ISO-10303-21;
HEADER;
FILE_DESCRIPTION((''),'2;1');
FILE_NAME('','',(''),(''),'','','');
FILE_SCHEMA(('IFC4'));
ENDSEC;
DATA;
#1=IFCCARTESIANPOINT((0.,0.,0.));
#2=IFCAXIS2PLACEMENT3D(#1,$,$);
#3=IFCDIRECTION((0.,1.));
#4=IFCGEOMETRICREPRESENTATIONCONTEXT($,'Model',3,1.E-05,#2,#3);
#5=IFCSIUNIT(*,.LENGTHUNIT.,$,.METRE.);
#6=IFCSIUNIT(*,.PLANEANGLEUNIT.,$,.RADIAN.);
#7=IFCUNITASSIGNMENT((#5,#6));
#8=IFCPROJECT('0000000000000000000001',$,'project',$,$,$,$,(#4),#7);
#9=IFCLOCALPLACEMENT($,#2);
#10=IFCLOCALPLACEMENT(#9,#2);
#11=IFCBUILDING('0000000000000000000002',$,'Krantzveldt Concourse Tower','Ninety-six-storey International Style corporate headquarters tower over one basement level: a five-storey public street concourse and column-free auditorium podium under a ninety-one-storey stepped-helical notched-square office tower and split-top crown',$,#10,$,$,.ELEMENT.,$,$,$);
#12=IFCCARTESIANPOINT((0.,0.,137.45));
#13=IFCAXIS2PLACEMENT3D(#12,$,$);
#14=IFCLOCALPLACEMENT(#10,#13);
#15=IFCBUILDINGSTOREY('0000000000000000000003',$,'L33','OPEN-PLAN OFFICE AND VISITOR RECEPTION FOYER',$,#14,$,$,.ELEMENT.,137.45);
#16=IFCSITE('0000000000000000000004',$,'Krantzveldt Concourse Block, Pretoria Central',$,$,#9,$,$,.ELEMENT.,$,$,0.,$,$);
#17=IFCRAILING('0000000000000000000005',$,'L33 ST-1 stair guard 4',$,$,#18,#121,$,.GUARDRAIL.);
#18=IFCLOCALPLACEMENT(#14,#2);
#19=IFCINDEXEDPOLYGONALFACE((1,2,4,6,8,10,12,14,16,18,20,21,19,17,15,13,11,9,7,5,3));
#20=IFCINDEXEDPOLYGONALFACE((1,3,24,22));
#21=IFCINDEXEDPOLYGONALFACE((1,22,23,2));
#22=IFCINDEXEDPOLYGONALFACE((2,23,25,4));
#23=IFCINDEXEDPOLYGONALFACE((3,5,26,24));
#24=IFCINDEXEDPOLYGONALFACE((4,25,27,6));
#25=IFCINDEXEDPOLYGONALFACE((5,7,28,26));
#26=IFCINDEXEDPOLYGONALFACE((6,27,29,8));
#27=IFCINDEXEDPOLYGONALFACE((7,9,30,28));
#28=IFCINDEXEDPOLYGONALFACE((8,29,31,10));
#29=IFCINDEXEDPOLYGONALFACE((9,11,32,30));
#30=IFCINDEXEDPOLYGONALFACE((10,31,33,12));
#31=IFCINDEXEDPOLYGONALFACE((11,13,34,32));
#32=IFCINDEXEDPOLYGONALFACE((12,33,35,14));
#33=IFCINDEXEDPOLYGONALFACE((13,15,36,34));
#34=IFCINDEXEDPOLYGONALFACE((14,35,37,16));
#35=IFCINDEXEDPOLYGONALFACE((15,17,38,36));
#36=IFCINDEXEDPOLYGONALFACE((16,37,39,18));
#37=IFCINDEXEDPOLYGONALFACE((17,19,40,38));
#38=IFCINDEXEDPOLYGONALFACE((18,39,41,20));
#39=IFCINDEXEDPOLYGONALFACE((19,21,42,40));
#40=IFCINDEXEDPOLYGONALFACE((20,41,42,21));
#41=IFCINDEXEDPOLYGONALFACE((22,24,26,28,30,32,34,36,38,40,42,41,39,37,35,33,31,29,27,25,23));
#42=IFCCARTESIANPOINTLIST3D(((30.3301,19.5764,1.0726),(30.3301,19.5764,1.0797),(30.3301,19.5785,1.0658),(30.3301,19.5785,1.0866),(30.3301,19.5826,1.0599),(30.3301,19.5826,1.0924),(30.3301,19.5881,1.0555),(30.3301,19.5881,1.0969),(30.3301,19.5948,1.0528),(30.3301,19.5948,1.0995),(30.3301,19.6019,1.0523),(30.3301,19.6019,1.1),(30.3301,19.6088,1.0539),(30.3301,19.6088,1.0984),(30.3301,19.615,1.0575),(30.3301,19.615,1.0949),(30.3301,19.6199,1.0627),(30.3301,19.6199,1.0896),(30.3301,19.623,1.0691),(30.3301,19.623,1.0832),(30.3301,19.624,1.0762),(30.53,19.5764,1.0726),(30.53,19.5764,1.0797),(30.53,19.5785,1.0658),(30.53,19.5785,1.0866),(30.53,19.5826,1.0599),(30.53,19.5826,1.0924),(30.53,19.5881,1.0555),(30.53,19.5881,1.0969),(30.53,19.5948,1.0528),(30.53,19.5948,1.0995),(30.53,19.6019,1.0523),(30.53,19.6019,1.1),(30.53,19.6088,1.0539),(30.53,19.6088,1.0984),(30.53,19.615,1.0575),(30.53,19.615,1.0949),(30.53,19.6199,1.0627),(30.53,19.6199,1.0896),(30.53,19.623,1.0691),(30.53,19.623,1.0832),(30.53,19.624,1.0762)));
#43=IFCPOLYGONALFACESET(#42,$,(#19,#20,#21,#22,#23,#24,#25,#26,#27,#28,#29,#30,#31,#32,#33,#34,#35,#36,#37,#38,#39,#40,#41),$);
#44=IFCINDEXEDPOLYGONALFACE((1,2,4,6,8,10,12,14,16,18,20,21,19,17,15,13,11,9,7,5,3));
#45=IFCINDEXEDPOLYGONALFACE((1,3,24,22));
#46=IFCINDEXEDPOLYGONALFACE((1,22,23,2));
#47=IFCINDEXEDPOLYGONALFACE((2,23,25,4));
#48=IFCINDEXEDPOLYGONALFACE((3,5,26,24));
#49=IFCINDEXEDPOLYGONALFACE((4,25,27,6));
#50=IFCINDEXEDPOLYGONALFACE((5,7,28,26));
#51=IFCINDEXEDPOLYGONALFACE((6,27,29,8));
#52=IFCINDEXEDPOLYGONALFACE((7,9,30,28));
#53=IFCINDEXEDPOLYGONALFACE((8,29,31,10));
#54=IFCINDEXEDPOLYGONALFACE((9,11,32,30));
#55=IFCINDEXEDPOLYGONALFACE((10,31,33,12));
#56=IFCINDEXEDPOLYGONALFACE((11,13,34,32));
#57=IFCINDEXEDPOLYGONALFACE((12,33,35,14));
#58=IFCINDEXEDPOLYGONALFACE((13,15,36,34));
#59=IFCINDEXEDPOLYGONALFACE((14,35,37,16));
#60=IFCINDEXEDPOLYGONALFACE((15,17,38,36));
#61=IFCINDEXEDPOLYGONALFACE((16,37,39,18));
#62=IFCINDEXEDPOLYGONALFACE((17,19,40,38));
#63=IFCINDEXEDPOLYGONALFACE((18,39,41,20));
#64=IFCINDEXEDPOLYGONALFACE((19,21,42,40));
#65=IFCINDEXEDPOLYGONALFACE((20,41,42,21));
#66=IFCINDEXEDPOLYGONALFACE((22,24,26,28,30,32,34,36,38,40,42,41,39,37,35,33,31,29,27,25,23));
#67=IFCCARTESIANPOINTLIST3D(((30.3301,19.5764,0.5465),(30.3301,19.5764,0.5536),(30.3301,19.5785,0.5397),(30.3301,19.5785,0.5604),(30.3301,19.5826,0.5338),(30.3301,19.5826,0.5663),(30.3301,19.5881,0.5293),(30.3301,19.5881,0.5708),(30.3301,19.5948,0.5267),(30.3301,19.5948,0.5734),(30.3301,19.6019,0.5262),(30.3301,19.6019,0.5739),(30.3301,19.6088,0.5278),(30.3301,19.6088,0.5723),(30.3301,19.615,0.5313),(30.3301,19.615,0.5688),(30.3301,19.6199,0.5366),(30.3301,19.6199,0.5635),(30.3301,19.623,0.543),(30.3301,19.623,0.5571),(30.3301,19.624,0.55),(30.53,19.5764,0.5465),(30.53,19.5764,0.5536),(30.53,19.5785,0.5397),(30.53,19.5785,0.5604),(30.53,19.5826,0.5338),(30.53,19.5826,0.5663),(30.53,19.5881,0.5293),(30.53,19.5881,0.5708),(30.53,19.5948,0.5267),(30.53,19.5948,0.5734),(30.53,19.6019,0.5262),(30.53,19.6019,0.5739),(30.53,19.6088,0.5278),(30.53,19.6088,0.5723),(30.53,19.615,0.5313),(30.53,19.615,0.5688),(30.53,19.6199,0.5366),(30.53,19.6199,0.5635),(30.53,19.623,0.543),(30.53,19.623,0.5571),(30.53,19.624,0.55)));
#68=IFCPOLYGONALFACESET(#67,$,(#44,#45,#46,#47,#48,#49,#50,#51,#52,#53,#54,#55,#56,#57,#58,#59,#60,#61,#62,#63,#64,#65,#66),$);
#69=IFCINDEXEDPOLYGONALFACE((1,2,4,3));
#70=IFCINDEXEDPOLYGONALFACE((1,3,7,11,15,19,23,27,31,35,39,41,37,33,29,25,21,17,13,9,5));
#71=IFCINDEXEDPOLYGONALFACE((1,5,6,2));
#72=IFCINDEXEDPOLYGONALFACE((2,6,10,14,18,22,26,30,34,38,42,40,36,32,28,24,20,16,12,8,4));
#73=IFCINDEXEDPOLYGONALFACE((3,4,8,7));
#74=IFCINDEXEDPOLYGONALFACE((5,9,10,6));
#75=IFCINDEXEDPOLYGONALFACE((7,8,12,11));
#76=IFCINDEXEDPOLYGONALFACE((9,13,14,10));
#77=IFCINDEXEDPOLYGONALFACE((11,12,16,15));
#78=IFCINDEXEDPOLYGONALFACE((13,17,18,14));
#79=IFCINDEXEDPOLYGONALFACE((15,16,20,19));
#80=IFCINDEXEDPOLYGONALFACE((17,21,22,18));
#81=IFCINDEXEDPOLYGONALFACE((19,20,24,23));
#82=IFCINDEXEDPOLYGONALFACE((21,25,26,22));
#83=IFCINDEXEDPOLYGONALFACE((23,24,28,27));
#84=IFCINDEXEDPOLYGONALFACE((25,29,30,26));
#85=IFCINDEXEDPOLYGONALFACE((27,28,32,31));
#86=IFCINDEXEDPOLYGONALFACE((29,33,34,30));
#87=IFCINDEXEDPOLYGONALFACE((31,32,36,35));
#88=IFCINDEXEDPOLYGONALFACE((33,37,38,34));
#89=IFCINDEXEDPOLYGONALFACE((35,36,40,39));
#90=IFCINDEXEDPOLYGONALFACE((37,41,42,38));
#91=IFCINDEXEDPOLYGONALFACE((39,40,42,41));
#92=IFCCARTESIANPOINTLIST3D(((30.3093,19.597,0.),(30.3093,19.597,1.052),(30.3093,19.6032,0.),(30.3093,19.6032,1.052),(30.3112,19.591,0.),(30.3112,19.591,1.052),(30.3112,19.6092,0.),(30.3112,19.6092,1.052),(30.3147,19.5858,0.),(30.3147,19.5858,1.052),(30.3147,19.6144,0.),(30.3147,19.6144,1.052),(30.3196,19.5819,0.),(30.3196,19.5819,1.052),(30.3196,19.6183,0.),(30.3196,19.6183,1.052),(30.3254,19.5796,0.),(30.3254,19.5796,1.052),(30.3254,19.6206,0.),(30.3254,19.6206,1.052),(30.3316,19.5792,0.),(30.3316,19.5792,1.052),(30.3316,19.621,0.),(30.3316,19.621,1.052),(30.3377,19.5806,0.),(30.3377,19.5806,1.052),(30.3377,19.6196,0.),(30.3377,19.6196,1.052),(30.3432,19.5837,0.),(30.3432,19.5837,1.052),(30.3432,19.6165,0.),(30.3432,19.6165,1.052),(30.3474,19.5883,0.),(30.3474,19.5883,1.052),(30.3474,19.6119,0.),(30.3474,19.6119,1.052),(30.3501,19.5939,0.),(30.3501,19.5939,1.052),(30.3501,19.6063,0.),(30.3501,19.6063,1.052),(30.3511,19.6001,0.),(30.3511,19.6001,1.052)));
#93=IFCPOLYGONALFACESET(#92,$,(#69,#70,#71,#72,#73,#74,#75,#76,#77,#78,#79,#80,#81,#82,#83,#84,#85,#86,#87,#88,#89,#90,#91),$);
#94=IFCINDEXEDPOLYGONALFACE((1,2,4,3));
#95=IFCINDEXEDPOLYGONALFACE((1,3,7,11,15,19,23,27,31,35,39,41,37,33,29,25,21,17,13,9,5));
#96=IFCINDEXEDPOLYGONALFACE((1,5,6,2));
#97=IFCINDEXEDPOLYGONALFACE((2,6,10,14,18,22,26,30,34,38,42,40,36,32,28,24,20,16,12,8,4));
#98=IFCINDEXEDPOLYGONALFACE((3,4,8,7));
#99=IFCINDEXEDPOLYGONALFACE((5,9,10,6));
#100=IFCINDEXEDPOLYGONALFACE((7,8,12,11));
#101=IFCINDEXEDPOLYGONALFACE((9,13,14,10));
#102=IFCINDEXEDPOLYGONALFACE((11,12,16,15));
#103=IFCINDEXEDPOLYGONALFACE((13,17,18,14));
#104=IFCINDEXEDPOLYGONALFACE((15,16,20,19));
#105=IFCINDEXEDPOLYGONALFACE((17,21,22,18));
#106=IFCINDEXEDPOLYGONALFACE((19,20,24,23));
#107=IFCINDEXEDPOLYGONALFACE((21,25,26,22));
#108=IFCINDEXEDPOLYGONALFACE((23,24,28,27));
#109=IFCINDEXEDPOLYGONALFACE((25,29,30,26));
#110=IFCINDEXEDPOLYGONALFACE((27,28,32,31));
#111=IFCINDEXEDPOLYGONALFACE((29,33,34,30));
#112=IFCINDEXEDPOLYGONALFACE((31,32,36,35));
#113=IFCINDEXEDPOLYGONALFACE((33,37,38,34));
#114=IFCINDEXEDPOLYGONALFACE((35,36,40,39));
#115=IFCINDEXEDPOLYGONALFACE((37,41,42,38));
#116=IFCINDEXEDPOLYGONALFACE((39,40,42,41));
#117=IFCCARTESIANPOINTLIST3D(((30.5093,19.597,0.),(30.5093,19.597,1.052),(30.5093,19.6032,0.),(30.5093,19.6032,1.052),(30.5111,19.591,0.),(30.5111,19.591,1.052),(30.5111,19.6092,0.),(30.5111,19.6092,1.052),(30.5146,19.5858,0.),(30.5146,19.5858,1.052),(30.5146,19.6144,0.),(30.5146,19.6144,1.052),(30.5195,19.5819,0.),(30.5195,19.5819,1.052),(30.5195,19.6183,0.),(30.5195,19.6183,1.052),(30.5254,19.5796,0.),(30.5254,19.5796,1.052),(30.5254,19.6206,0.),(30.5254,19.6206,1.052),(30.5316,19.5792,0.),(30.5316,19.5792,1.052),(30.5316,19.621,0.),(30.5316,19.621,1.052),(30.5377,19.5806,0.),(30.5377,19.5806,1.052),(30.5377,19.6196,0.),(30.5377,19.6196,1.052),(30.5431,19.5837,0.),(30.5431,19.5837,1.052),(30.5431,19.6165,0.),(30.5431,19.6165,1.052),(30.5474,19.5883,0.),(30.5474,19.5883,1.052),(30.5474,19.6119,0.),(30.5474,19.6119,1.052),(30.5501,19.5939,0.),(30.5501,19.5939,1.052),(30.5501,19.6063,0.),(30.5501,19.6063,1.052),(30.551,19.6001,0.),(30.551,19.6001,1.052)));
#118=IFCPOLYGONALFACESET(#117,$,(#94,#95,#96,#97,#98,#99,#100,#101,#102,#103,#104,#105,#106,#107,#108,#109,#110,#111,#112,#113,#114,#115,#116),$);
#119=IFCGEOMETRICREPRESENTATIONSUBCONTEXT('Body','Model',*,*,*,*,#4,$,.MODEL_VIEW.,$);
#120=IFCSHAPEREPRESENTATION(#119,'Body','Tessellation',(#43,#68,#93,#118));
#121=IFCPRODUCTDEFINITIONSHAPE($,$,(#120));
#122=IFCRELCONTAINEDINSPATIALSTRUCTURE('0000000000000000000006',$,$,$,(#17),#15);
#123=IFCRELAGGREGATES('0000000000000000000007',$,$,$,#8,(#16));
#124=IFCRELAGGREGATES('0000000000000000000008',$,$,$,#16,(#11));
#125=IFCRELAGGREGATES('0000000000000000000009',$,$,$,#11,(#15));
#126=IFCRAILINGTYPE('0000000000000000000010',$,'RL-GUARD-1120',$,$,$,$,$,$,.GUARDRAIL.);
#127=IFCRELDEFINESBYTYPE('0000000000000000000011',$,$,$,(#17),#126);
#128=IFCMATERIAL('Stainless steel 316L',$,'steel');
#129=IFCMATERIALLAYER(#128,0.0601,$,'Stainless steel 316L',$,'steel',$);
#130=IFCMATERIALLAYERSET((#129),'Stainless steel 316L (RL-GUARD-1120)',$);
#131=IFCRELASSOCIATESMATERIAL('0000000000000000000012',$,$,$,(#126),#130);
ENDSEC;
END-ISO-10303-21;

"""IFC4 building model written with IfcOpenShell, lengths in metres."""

from ifc_helpers import new_model, si_unit, direction, frame, origin, origin_2d, place, context, subcontext, project, spatial, circle, extrude, material, layer, layer_set, type_object, element, save


model = new_model("IFC4")

# Units and contexts
model_context = context("Model", 3, precision=1e-05, world=origin(), true_north=direction((0.0, 1.0)))
body_context = subcontext(model_context, "Body", "Model", "MODEL_VIEW")
ifc_project = project(units=[si_unit("LENGTHUNIT", "METRE"), si_unit("PLANEANGLEUNIT", "RADIAN")], contexts=[model_context])

# Site, building, storey
site_placement = place(None, origin())
site = spatial("IfcSite", under=ifc_project, at=site_placement, Name="Krantzveldt Concourse Block, Pretoria Central", CompositionType="ELEMENT", RefElevation=0.0)
building_placement = place(site_placement, origin())
building = spatial("IfcBuilding", under=site, at=building_placement, Name="Krantzveldt Concourse Tower", Description="Ninety-six-storey International Style corporate headquarters tower over one basement level: a five-storey public street concourse and column-free auditorium podium under a ninety-one-storey stepped-helical notched-square office tower and split-top crown", CompositionType="ELEMENT")
storey_placement = place(building_placement, frame((0.0, 0.0, 137.45)))
storey = spatial("IfcBuildingStorey", under=building, at=storey_placement, Name="L33", Description="OPEN-PLAN OFFICE AND VISITOR RECEPTION FOYER", CompositionType="ELEMENT", Elevation=137.45)

# Shared definitions
ifc_material_1 = material(Name="Stainless steel 316L", Category="steel")

# Railing
ifc_layer_1 = layer(ifc_material_1, 0.0601, Name="Stainless steel 316L", Category="steel")
ifc_layer_set_1 = layer_set([ifc_layer_1], Name="Stainless steel 316L (RL-GUARD-1120)")
railing_type_1 = type_object("IfcRailingType", Name="RL-GUARD-1120", PredefinedType="GUARDRAIL", material=ifc_layer_set_1)
railing_1_placement = place(storey_placement, frame((30.3301, 19.6001, 0.0)))
element("IfcRailing", 1, at=railing_1_placement, inside=storey, type_object=railing_type_1, Name="L33 ST-1 stair guard 4", PredefinedType="GUARDRAIL", context=body_context, shape_type="SweptSolid", body=[
    extrude(circle(Radius=0.0239, at=origin_2d()), frame((0.0, 0.0, 1.0762), z_axis=(1.0, 0.0, 0.0), x_axis=(0.0, 1.0, 0.0)), (0.0, 0.0, 1.0), 0.2),
    extrude(circle(Radius=0.0239, at=origin_2d()), frame((0.0, 0.0, 0.55), z_axis=(1.0, 0.0, 0.0), x_axis=(0.0, 1.0, 0.0)), (0.0, 0.0, 1.0), 0.2),
    extrude(circle(Radius=0.021, at=origin_2d()), origin(), (0.0, 0.0, 1.0), 1.052),
    extrude(circle(Radius=0.021, at=origin_2d()), frame((0.2, 0.0, 0.0)), (0.0, 0.0, 1.0), 1.052),
])

save(model, "model.ifc")
